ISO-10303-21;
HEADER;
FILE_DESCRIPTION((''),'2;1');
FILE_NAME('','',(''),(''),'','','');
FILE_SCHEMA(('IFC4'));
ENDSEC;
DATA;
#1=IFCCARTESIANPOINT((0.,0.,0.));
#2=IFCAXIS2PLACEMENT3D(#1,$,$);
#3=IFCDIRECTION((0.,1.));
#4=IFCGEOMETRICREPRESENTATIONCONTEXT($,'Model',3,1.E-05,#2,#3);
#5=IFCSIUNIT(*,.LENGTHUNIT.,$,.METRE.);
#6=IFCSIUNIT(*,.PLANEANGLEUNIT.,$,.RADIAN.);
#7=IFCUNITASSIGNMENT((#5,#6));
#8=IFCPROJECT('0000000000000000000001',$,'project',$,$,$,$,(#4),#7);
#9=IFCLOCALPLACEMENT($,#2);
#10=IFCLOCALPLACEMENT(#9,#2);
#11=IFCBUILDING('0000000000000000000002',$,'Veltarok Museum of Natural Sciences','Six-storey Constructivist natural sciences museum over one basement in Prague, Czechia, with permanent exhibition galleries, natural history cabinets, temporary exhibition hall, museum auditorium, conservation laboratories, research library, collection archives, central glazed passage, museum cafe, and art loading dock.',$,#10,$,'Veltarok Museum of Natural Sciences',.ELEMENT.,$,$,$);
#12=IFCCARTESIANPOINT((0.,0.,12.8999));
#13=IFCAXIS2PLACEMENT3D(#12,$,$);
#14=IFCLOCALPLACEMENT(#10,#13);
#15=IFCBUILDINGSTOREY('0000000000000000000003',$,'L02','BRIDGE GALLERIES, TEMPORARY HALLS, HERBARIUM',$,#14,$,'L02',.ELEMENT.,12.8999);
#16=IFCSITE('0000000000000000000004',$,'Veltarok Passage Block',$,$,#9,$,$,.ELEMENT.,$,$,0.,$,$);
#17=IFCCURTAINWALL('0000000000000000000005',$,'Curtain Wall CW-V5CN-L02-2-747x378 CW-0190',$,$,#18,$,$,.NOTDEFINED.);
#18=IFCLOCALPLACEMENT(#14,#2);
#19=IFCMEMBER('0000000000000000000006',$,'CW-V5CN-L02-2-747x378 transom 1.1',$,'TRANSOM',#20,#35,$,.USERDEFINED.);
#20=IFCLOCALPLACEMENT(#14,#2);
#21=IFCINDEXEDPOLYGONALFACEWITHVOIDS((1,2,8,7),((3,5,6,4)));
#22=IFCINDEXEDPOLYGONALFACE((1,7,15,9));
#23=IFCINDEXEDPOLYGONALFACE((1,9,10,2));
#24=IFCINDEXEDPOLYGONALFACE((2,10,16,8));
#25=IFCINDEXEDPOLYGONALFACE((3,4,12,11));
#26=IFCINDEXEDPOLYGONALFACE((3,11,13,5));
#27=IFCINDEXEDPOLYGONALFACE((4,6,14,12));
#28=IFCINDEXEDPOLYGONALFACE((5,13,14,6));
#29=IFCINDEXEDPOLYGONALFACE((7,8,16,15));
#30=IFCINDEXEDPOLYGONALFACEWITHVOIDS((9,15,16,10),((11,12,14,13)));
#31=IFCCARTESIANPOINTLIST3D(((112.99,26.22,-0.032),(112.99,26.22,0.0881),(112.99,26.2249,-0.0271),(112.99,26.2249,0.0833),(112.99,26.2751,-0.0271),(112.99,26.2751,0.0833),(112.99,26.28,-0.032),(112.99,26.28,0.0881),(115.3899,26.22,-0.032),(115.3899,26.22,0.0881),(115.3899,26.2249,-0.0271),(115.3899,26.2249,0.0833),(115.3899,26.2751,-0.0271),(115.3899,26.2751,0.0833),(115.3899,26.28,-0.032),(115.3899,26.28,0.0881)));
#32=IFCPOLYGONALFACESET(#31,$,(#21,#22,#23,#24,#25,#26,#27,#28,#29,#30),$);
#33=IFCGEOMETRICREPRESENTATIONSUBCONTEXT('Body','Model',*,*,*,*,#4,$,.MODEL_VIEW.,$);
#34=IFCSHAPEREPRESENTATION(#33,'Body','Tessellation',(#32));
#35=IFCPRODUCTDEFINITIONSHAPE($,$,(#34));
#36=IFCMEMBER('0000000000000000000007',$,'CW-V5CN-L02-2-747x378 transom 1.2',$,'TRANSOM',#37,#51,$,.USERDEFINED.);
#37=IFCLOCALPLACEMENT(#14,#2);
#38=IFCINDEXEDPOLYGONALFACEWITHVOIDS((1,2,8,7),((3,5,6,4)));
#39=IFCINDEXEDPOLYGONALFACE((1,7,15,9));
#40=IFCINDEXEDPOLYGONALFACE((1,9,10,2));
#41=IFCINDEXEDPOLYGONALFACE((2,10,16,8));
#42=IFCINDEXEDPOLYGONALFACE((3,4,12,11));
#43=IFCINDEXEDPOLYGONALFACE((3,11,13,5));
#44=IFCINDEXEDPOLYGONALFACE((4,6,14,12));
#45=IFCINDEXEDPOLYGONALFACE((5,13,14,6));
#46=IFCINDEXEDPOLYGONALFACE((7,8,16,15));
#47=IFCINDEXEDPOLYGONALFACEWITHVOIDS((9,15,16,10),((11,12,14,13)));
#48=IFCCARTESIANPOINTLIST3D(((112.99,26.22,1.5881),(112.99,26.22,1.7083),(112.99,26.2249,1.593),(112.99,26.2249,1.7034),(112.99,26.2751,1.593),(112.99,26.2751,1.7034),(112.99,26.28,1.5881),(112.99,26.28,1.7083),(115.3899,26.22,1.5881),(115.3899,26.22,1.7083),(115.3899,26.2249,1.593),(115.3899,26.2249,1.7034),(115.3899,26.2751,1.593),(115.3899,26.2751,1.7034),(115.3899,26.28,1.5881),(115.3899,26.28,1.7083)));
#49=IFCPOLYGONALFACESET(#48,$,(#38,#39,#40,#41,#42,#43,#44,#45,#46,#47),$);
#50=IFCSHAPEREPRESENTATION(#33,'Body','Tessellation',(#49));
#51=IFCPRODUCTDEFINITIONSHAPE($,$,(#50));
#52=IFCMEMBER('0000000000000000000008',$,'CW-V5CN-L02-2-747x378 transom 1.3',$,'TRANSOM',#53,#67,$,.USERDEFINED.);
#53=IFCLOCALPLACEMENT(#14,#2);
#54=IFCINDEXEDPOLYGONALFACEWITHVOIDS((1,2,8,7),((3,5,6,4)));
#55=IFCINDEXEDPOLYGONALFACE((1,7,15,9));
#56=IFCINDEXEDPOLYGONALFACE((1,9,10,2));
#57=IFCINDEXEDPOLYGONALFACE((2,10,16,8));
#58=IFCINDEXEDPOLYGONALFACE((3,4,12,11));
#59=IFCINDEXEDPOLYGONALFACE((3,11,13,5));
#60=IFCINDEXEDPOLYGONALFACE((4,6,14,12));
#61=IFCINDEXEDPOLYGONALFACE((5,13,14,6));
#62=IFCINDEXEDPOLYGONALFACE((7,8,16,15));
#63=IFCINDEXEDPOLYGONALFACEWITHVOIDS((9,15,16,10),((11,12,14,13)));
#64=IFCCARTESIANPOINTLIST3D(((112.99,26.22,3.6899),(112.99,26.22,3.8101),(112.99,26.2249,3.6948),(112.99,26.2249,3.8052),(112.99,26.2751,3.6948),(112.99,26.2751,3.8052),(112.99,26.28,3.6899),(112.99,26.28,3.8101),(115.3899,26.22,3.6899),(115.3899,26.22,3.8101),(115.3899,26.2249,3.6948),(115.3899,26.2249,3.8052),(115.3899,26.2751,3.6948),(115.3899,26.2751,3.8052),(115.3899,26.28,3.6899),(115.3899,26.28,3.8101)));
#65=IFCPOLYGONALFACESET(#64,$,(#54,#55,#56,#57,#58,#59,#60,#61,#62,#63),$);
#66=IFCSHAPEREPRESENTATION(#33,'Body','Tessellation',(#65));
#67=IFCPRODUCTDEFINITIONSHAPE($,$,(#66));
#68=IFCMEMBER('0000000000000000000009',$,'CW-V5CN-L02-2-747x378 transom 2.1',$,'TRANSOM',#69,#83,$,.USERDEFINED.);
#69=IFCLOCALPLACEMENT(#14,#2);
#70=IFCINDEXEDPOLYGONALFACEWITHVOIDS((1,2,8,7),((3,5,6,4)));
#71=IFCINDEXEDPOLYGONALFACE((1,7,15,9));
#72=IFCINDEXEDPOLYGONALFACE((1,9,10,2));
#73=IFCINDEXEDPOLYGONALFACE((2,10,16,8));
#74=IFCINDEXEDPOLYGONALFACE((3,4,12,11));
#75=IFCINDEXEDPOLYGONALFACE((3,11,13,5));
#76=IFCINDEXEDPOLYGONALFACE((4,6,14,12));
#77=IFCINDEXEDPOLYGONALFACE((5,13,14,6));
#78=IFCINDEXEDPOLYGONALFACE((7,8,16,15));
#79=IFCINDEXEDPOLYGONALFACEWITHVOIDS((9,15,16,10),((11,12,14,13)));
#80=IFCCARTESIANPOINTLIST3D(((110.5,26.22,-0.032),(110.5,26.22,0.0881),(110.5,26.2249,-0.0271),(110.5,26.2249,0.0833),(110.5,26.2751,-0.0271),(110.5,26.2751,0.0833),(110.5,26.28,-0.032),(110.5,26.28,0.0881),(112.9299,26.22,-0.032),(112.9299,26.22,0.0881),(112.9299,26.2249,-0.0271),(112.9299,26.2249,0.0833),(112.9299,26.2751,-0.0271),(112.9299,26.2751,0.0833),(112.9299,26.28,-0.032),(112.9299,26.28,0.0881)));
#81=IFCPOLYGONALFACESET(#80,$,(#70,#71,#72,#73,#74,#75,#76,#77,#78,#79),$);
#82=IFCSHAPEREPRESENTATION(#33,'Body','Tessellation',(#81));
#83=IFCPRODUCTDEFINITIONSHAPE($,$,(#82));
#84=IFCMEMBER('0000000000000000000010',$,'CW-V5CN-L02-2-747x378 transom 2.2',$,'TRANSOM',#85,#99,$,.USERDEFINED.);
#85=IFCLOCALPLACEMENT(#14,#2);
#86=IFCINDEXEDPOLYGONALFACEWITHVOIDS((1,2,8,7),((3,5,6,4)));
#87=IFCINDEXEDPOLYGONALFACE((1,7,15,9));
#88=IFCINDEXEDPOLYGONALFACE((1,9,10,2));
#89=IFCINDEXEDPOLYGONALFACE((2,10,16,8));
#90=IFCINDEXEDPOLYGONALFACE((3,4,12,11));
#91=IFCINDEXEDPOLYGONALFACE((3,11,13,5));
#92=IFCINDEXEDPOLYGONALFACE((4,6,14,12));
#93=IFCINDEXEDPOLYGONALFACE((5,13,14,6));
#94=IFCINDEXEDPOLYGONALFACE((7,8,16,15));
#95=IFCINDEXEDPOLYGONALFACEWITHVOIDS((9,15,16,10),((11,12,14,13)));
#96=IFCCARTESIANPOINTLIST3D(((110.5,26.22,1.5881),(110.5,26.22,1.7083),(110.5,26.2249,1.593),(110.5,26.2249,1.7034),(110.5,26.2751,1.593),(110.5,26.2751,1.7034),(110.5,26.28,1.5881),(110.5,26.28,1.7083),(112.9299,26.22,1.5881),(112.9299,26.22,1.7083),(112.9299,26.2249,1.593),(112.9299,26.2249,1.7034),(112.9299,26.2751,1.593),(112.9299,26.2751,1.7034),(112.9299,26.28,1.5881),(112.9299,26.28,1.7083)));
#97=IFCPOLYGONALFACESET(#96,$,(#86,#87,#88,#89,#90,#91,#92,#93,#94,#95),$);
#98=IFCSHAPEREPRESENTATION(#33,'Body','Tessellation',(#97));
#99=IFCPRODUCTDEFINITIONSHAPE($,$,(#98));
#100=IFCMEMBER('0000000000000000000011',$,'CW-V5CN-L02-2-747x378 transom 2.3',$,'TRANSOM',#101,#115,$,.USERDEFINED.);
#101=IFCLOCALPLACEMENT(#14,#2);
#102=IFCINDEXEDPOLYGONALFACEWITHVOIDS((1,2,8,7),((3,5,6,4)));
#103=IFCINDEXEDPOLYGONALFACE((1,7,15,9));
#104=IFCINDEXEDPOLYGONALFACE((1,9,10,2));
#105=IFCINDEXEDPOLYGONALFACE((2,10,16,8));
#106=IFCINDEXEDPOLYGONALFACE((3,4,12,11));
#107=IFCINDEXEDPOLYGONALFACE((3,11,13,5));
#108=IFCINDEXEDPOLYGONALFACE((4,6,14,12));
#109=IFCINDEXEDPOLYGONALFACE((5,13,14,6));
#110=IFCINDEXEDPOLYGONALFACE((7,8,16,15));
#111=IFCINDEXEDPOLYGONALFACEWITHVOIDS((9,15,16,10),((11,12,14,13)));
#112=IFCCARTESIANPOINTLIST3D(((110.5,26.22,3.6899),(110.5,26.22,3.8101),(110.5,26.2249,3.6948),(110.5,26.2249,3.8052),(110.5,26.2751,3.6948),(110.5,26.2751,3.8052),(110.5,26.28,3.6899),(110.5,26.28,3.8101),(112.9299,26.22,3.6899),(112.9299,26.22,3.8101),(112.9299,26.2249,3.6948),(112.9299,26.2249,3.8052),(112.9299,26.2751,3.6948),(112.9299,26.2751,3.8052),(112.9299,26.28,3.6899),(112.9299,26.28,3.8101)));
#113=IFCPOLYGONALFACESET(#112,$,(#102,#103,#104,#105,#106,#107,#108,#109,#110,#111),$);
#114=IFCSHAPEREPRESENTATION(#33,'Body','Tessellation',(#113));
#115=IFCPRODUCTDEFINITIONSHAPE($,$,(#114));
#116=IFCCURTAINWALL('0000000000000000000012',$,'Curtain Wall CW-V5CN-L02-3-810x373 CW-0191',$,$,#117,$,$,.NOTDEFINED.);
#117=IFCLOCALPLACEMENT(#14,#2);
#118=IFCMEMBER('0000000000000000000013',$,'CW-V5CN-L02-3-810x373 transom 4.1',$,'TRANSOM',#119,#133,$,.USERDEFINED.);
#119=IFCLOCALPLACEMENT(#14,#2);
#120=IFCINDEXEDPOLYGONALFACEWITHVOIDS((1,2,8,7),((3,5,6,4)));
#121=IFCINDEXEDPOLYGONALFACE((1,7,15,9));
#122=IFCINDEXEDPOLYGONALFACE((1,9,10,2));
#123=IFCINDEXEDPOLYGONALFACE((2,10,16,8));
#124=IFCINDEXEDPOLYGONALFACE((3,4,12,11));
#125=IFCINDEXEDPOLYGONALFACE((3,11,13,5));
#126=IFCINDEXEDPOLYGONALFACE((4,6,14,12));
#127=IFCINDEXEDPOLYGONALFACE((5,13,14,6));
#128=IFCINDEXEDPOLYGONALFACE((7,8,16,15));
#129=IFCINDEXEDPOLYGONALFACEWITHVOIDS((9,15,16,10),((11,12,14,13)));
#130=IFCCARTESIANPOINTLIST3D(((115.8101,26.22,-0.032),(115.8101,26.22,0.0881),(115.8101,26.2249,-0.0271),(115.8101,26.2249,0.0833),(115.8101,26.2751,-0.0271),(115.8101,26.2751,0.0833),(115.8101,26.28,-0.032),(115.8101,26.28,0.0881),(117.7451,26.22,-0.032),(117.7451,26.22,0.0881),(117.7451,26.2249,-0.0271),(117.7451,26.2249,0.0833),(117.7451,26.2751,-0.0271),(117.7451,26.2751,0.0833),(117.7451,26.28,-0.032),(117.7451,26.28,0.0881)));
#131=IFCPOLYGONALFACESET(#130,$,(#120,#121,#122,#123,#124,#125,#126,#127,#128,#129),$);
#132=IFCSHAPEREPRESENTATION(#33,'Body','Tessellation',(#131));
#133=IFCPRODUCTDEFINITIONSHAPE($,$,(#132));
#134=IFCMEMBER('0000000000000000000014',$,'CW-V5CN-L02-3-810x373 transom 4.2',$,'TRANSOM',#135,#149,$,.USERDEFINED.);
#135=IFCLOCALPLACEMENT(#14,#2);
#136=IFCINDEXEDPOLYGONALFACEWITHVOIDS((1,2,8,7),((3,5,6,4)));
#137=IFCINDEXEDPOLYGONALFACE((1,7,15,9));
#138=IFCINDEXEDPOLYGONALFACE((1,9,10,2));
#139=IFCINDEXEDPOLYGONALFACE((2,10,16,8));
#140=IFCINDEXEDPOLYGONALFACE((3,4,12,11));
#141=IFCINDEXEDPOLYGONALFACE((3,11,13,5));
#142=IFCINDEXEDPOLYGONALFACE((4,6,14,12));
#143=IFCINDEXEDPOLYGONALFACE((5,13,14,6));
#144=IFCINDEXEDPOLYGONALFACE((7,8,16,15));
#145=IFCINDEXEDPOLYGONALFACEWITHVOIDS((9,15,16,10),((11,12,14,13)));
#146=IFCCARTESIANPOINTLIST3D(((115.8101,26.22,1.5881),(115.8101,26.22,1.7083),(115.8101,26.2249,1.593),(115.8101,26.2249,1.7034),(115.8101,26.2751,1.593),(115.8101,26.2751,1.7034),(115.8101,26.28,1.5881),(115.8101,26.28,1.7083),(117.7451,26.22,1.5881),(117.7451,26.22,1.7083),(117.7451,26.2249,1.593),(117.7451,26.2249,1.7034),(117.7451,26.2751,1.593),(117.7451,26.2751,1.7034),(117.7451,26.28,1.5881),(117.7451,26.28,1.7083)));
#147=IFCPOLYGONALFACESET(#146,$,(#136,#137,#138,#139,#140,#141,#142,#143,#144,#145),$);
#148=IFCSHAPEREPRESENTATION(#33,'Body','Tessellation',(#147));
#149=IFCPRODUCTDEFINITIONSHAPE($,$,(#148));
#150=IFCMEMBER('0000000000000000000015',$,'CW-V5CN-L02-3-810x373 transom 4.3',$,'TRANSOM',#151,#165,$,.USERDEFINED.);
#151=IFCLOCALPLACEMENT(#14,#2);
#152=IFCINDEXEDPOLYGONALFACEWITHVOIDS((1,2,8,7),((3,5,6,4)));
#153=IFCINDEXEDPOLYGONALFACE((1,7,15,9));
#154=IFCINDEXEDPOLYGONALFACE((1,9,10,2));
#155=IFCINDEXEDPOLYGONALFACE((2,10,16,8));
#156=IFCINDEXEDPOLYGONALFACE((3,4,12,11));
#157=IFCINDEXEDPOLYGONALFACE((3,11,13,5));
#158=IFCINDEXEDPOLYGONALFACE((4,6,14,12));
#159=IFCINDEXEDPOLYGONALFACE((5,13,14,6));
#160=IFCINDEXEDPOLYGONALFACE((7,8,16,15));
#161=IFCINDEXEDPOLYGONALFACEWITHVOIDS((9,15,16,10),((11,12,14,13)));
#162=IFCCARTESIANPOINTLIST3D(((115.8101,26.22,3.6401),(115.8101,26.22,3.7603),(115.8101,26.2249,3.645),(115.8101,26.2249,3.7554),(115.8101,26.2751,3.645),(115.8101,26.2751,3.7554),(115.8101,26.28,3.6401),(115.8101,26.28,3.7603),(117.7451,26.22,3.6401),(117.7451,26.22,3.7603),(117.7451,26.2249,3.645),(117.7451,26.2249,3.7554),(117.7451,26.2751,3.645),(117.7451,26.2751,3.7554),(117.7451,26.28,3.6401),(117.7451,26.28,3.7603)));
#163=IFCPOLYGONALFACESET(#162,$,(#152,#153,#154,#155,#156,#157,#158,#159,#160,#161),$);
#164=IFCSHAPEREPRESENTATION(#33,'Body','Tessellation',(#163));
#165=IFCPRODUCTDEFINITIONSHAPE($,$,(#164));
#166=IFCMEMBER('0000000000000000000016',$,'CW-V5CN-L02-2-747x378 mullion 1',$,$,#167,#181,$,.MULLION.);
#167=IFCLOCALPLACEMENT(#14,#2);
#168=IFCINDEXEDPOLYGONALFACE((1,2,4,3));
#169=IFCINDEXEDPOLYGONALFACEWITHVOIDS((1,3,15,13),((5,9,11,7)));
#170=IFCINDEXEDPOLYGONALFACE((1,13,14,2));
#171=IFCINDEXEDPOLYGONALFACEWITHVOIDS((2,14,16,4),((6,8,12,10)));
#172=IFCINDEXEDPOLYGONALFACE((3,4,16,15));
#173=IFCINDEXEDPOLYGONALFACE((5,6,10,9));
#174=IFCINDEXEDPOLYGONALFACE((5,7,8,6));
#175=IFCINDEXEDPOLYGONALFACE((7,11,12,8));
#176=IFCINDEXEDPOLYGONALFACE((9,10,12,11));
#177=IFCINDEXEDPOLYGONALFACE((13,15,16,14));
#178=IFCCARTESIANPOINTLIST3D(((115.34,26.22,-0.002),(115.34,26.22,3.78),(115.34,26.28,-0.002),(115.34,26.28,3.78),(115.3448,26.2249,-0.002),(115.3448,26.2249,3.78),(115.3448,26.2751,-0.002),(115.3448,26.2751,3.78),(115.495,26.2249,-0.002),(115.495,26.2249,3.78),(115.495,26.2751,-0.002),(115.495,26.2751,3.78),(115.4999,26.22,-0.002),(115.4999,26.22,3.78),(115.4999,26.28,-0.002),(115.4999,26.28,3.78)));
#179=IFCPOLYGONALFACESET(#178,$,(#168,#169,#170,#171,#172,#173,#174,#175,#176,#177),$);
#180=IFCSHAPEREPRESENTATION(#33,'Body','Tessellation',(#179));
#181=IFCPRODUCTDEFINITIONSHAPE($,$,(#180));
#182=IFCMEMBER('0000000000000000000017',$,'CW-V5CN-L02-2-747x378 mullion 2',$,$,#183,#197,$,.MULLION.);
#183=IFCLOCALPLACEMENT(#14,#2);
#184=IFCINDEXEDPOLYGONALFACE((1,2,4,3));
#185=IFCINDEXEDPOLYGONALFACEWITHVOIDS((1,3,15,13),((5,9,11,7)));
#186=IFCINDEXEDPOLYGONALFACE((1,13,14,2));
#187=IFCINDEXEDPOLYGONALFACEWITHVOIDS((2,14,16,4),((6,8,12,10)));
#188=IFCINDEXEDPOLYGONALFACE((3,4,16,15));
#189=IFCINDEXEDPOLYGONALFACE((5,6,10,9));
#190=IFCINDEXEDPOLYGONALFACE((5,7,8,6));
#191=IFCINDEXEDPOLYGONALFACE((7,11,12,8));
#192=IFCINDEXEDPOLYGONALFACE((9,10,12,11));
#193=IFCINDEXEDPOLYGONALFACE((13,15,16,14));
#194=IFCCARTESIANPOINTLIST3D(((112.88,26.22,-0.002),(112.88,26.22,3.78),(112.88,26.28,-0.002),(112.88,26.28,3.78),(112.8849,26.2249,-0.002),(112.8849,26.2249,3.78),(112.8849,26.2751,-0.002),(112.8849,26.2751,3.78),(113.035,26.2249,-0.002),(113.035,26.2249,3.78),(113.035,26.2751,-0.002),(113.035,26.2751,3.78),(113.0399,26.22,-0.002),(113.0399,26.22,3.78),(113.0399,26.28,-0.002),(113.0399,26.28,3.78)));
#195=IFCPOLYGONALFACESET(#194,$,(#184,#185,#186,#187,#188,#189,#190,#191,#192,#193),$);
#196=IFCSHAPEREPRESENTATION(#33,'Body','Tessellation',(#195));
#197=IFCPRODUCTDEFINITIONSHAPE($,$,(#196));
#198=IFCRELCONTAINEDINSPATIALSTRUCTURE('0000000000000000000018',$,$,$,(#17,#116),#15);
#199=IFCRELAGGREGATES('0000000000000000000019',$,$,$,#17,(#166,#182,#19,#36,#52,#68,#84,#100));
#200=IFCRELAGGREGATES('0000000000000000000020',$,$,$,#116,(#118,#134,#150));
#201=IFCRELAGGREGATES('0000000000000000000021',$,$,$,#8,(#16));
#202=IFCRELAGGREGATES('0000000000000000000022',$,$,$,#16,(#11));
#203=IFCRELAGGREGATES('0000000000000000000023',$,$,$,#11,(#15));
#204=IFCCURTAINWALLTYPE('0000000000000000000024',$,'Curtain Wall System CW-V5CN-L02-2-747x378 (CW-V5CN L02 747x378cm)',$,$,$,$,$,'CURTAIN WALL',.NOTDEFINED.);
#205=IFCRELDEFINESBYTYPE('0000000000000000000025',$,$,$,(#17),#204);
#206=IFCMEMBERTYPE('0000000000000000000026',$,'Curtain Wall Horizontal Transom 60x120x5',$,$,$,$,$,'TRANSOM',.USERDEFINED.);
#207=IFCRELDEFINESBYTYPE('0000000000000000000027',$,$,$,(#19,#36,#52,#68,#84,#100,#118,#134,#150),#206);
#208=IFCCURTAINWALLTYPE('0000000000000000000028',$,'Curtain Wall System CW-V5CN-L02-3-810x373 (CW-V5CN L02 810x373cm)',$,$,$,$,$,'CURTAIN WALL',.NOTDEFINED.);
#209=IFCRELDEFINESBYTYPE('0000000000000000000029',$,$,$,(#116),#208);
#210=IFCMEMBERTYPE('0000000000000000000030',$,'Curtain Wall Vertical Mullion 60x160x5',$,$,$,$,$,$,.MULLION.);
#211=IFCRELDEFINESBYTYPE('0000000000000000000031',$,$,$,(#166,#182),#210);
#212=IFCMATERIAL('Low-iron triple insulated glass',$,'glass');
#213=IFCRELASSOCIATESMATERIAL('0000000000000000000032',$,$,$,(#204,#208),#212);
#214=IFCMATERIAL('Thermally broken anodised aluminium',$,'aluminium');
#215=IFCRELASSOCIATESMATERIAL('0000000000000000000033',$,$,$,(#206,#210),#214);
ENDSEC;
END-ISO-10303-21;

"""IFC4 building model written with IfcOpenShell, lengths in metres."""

from ifc_helpers import new_model, si_unit, direction, frame, origin, origin_2d, place, context, subcontext, project, spatial, hollow_rectangle, extrude, material, material_profile, profile_set, type_object, element, aggregate, save


model = new_model("IFC4")

# Units and contexts
model_context = context("Model", 3, precision=1e-05, world=origin(), true_north=direction((0.0, 1.0)))
body_context = subcontext(model_context, "Body", "Model", "MODEL_VIEW")
ifc_project = project(units=[si_unit("LENGTHUNIT", "METRE"), si_unit("PLANEANGLEUNIT", "RADIAN")], contexts=[model_context])

# Site, building, storey
site_placement = place(None, origin())
site = spatial("IfcSite", under=ifc_project, at=site_placement, Name="Veltarok Passage Block", CompositionType="ELEMENT", RefElevation=0.0)
building_placement = place(site_placement, origin())
building = spatial("IfcBuilding", under=site, at=building_placement, Name="Veltarok Museum of Natural Sciences", Description="Six-storey Constructivist natural sciences museum over one basement in Prague, Czechia, with permanent exhibition galleries, natural history cabinets, temporary exhibition hall, museum auditorium, conservation laboratories, research library, collection archives, central glazed passage, museum cafe, and art loading dock.", LongName="Veltarok Museum of Natural Sciences", CompositionType="ELEMENT")
storey_placement = place(building_placement, frame((0.0, 0.0, 12.8999)))
storey = spatial("IfcBuildingStorey", under=building, at=storey_placement, Name="L02", Description="BRIDGE GALLERIES, TEMPORARY HALLS, HERBARIUM", LongName="L02", CompositionType="ELEMENT", Elevation=12.8999)

# Curtain walls, members
ifc_material_1 = material(Name="Low-iron triple insulated glass", Category="glass")
curtain_wall_type_1 = type_object("IfcCurtainWallType", Name="Curtain Wall System CW-V5CN-L02-2-747x378 (CW-V5CN L02 747x378cm)", ElementType="CURTAIN WALL", PredefinedType="NOTDEFINED", material=ifc_material_1)
curtain_wall_1_placement = place(storey_placement, origin())
curtain_wall_1 = element("IfcCurtainWall", 1, at=curtain_wall_1_placement, inside=storey, type_object=curtain_wall_type_1, Name="Curtain Wall CW-V5CN-L02-2-747x378 CW-0190", PredefinedType="NOTDEFINED")
ifc_material_2 = material(Name="Thermally broken anodised aluminium", Category="aluminium")
ifc_material_profile_1 = material_profile(ifc_material_2, hollow_rectangle(XDim=0.0601, YDim=0.1201, WallThickness=0.0049, at=origin_2d()), Name="CW TRANSOM 60x120x5")
ifc_profile_set_1 = profile_set([ifc_material_profile_1], Name="Thermally broken anodised aluminium")
member_type_1 = type_object("IfcMemberType", Name="Curtain Wall Horizontal Transom 60x120x5", ElementType="TRANSOM", PredefinedType="USERDEFINED", material=ifc_profile_set_1)
member_1_placement = place(storey_placement, frame((115.3899, 26.25, 0.0281), z_axis=(-1.0, 0.0, 0.0), x_axis=(0.0, -1.0, 0.0)))
member_1 = element("IfcMember", 2, at=member_1_placement, type_object=member_type_1, Name="CW-V5CN-L02-2-747x378 transom 1.1", ObjectType="TRANSOM", PredefinedType="USERDEFINED", context=body_context, shape_type="SweptSolid", body=[
    extrude(hollow_rectangle(XDim=0.0601, YDim=0.1201, WallThickness=0.0049, at=origin_2d()), origin(), (0.0, 0.0, 1.0), 2.3999),
])
member_2_placement = place(storey_placement, frame((115.3899, 26.25, 1.6482), z_axis=(-1.0, 0.0, 0.0), x_axis=(0.0, -1.0, 0.0)))
member_2 = element("IfcMember", 3, at=member_2_placement, type_object=member_type_1, Name="CW-V5CN-L02-2-747x378 transom 1.2", ObjectType="TRANSOM", PredefinedType="USERDEFINED", context=body_context, shape_type="SweptSolid", body=[
    extrude(hollow_rectangle(XDim=0.0601, YDim=0.1201, WallThickness=0.0049, at=origin_2d()), origin(), (0.0, 0.0, 1.0), 2.3999),
])
member_3_placement = place(storey_placement, frame((115.3899, 26.25, 3.75), z_axis=(-1.0, 0.0, 0.0), x_axis=(0.0, -1.0, 0.0)))
member_3 = element("IfcMember", 4, at=member_3_placement, type_object=member_type_1, Name="CW-V5CN-L02-2-747x378 transom 1.3", ObjectType="TRANSOM", PredefinedType="USERDEFINED", context=body_context, shape_type="SweptSolid", body=[
    extrude(hollow_rectangle(XDim=0.0601, YDim=0.1201, WallThickness=0.0049, at=origin_2d()), origin(), (0.0, 0.0, 1.0), 2.3999),
])
member_4_placement = place(storey_placement, frame((112.9299, 26.25, 0.0281), z_axis=(-1.0, 0.0, 0.0), x_axis=(0.0, -1.0, 0.0)))
member_4 = element("IfcMember", 5, at=member_4_placement, type_object=member_type_1, Name="CW-V5CN-L02-2-747x378 transom 2.1", ObjectType="TRANSOM", PredefinedType="USERDEFINED", context=body_context, shape_type="SweptSolid", body=[
    extrude(hollow_rectangle(XDim=0.0601, YDim=0.1201, WallThickness=0.0049, at=origin_2d()), origin(), (0.0, 0.0, 1.0), 2.4299),
])
member_5_placement = place(storey_placement, frame((112.9299, 26.25, 1.6482), z_axis=(-1.0, 0.0, 0.0), x_axis=(0.0, -1.0, 0.0)))
member_5 = element("IfcMember", 6, at=member_5_placement, type_object=member_type_1, Name="CW-V5CN-L02-2-747x378 transom 2.2", ObjectType="TRANSOM", PredefinedType="USERDEFINED", context=body_context, shape_type="SweptSolid", body=[
    extrude(hollow_rectangle(XDim=0.0601, YDim=0.1201, WallThickness=0.0049, at=origin_2d()), origin(), (0.0, 0.0, 1.0), 2.4299),
])
member_6_placement = place(storey_placement, frame((112.9299, 26.25, 3.75), z_axis=(-1.0, 0.0, 0.0), x_axis=(0.0, -1.0, 0.0)))
member_6 = element("IfcMember", 7, at=member_6_placement, type_object=member_type_1, Name="CW-V5CN-L02-2-747x378 transom 2.3", ObjectType="TRANSOM", PredefinedType="USERDEFINED", context=body_context, shape_type="SweptSolid", body=[
    extrude(hollow_rectangle(XDim=0.0601, YDim=0.1201, WallThickness=0.0049, at=origin_2d()), origin(), (0.0, 0.0, 1.0), 2.4299),
])
curtain_wall_type_2 = type_object("IfcCurtainWallType", Name="Curtain Wall System CW-V5CN-L02-3-810x373 (CW-V5CN L02 810x373cm)", ElementType="CURTAIN WALL", PredefinedType="NOTDEFINED", material=ifc_material_1)
curtain_wall_2_placement = place(storey_placement, origin())
curtain_wall_2 = element("IfcCurtainWall", 8, at=curtain_wall_2_placement, inside=storey, type_object=curtain_wall_type_2, Name="Curtain Wall CW-V5CN-L02-3-810x373 CW-0191", PredefinedType="NOTDEFINED")
member_7_placement = place(storey_placement, frame((117.7451, 26.25, 0.0281), z_axis=(-1.0, 0.0, 0.0), x_axis=(0.0, -1.0, 0.0)))
member_7 = element("IfcMember", 9, at=member_7_placement, type_object=member_type_1, Name="CW-V5CN-L02-3-810x373 transom 4.1", ObjectType="TRANSOM", PredefinedType="USERDEFINED", context=body_context, shape_type="SweptSolid", body=[
    extrude(hollow_rectangle(XDim=0.0601, YDim=0.1201, WallThickness=0.0049, at=origin_2d()), origin(), (0.0, 0.0, 1.0), 1.9351),
])
member_8_placement = place(storey_placement, frame((117.7451, 26.25, 1.6482), z_axis=(-1.0, 0.0, 0.0), x_axis=(0.0, -1.0, 0.0)))
member_8 = element("IfcMember", 10, at=member_8_placement, type_object=member_type_1, Name="CW-V5CN-L02-3-810x373 transom 4.2", ObjectType="TRANSOM", PredefinedType="USERDEFINED", context=body_context, shape_type="SweptSolid", body=[
    extrude(hollow_rectangle(XDim=0.0601, YDim=0.1201, WallThickness=0.0049, at=origin_2d()), origin(), (0.0, 0.0, 1.0), 1.9351),
])
member_9_placement = place(storey_placement, frame((117.7451, 26.25, 3.7002), z_axis=(-1.0, 0.0, 0.0), x_axis=(0.0, -1.0, 0.0)))
member_9 = element("IfcMember", 11, at=member_9_placement, type_object=member_type_1, Name="CW-V5CN-L02-3-810x373 transom 4.3", ObjectType="TRANSOM", PredefinedType="USERDEFINED", context=body_context, shape_type="SweptSolid", body=[
    extrude(hollow_rectangle(XDim=0.0601, YDim=0.1201, WallThickness=0.0049, at=origin_2d()), origin(), (0.0, 0.0, 1.0), 1.9351),
])

# Members
ifc_material_profile_2 = material_profile(ifc_material_2, hollow_rectangle(XDim=0.0601, YDim=0.1599, WallThickness=0.0049, at=origin_2d()), Name="CW MULLION 60x160x5")
ifc_profile_set_2 = profile_set([ifc_material_profile_2], Name="Thermally broken anodised aluminium")
member_type_2 = type_object("IfcMemberType", Name="Curtain Wall Vertical Mullion 60x160x5", PredefinedType="MULLION", material=ifc_profile_set_2)
member_10_placement = place(storey_placement, frame((115.4199, 26.25, -0.002), z_axis=(0.0, 0.0, 1.0), x_axis=(0.0, -1.0, 0.0)))
member_10 = element("IfcMember", 12, at=member_10_placement, type_object=member_type_2, Name="CW-V5CN-L02-2-747x378 mullion 1", PredefinedType="MULLION", context=body_context, shape_type="SweptSolid", body=[
    extrude(hollow_rectangle(XDim=0.0601, YDim=0.1599, WallThickness=0.0049, at=origin_2d()), origin(), (0.0, 0.0, 1.0), 3.782),
])
member_11_placement = place(storey_placement, frame((112.96, 26.25, -0.002), z_axis=(0.0, 0.0, 1.0), x_axis=(0.0, -1.0, 0.0)))
member_11 = element("IfcMember", 13, at=member_11_placement, type_object=member_type_2, Name="CW-V5CN-L02-2-747x378 mullion 2", PredefinedType="MULLION", context=body_context, shape_type="SweptSolid", body=[
    extrude(hollow_rectangle(XDim=0.0601, YDim=0.1599, WallThickness=0.0049, at=origin_2d()), origin(), (0.0, 0.0, 1.0), 3.782),
])

aggregate(curtain_wall_1, [member_10, member_11, member_1, member_2, member_3, member_4, member_5, member_6])
aggregate(curtain_wall_2, [member_7, member_8, member_9])

save(model, "model.ifc")
